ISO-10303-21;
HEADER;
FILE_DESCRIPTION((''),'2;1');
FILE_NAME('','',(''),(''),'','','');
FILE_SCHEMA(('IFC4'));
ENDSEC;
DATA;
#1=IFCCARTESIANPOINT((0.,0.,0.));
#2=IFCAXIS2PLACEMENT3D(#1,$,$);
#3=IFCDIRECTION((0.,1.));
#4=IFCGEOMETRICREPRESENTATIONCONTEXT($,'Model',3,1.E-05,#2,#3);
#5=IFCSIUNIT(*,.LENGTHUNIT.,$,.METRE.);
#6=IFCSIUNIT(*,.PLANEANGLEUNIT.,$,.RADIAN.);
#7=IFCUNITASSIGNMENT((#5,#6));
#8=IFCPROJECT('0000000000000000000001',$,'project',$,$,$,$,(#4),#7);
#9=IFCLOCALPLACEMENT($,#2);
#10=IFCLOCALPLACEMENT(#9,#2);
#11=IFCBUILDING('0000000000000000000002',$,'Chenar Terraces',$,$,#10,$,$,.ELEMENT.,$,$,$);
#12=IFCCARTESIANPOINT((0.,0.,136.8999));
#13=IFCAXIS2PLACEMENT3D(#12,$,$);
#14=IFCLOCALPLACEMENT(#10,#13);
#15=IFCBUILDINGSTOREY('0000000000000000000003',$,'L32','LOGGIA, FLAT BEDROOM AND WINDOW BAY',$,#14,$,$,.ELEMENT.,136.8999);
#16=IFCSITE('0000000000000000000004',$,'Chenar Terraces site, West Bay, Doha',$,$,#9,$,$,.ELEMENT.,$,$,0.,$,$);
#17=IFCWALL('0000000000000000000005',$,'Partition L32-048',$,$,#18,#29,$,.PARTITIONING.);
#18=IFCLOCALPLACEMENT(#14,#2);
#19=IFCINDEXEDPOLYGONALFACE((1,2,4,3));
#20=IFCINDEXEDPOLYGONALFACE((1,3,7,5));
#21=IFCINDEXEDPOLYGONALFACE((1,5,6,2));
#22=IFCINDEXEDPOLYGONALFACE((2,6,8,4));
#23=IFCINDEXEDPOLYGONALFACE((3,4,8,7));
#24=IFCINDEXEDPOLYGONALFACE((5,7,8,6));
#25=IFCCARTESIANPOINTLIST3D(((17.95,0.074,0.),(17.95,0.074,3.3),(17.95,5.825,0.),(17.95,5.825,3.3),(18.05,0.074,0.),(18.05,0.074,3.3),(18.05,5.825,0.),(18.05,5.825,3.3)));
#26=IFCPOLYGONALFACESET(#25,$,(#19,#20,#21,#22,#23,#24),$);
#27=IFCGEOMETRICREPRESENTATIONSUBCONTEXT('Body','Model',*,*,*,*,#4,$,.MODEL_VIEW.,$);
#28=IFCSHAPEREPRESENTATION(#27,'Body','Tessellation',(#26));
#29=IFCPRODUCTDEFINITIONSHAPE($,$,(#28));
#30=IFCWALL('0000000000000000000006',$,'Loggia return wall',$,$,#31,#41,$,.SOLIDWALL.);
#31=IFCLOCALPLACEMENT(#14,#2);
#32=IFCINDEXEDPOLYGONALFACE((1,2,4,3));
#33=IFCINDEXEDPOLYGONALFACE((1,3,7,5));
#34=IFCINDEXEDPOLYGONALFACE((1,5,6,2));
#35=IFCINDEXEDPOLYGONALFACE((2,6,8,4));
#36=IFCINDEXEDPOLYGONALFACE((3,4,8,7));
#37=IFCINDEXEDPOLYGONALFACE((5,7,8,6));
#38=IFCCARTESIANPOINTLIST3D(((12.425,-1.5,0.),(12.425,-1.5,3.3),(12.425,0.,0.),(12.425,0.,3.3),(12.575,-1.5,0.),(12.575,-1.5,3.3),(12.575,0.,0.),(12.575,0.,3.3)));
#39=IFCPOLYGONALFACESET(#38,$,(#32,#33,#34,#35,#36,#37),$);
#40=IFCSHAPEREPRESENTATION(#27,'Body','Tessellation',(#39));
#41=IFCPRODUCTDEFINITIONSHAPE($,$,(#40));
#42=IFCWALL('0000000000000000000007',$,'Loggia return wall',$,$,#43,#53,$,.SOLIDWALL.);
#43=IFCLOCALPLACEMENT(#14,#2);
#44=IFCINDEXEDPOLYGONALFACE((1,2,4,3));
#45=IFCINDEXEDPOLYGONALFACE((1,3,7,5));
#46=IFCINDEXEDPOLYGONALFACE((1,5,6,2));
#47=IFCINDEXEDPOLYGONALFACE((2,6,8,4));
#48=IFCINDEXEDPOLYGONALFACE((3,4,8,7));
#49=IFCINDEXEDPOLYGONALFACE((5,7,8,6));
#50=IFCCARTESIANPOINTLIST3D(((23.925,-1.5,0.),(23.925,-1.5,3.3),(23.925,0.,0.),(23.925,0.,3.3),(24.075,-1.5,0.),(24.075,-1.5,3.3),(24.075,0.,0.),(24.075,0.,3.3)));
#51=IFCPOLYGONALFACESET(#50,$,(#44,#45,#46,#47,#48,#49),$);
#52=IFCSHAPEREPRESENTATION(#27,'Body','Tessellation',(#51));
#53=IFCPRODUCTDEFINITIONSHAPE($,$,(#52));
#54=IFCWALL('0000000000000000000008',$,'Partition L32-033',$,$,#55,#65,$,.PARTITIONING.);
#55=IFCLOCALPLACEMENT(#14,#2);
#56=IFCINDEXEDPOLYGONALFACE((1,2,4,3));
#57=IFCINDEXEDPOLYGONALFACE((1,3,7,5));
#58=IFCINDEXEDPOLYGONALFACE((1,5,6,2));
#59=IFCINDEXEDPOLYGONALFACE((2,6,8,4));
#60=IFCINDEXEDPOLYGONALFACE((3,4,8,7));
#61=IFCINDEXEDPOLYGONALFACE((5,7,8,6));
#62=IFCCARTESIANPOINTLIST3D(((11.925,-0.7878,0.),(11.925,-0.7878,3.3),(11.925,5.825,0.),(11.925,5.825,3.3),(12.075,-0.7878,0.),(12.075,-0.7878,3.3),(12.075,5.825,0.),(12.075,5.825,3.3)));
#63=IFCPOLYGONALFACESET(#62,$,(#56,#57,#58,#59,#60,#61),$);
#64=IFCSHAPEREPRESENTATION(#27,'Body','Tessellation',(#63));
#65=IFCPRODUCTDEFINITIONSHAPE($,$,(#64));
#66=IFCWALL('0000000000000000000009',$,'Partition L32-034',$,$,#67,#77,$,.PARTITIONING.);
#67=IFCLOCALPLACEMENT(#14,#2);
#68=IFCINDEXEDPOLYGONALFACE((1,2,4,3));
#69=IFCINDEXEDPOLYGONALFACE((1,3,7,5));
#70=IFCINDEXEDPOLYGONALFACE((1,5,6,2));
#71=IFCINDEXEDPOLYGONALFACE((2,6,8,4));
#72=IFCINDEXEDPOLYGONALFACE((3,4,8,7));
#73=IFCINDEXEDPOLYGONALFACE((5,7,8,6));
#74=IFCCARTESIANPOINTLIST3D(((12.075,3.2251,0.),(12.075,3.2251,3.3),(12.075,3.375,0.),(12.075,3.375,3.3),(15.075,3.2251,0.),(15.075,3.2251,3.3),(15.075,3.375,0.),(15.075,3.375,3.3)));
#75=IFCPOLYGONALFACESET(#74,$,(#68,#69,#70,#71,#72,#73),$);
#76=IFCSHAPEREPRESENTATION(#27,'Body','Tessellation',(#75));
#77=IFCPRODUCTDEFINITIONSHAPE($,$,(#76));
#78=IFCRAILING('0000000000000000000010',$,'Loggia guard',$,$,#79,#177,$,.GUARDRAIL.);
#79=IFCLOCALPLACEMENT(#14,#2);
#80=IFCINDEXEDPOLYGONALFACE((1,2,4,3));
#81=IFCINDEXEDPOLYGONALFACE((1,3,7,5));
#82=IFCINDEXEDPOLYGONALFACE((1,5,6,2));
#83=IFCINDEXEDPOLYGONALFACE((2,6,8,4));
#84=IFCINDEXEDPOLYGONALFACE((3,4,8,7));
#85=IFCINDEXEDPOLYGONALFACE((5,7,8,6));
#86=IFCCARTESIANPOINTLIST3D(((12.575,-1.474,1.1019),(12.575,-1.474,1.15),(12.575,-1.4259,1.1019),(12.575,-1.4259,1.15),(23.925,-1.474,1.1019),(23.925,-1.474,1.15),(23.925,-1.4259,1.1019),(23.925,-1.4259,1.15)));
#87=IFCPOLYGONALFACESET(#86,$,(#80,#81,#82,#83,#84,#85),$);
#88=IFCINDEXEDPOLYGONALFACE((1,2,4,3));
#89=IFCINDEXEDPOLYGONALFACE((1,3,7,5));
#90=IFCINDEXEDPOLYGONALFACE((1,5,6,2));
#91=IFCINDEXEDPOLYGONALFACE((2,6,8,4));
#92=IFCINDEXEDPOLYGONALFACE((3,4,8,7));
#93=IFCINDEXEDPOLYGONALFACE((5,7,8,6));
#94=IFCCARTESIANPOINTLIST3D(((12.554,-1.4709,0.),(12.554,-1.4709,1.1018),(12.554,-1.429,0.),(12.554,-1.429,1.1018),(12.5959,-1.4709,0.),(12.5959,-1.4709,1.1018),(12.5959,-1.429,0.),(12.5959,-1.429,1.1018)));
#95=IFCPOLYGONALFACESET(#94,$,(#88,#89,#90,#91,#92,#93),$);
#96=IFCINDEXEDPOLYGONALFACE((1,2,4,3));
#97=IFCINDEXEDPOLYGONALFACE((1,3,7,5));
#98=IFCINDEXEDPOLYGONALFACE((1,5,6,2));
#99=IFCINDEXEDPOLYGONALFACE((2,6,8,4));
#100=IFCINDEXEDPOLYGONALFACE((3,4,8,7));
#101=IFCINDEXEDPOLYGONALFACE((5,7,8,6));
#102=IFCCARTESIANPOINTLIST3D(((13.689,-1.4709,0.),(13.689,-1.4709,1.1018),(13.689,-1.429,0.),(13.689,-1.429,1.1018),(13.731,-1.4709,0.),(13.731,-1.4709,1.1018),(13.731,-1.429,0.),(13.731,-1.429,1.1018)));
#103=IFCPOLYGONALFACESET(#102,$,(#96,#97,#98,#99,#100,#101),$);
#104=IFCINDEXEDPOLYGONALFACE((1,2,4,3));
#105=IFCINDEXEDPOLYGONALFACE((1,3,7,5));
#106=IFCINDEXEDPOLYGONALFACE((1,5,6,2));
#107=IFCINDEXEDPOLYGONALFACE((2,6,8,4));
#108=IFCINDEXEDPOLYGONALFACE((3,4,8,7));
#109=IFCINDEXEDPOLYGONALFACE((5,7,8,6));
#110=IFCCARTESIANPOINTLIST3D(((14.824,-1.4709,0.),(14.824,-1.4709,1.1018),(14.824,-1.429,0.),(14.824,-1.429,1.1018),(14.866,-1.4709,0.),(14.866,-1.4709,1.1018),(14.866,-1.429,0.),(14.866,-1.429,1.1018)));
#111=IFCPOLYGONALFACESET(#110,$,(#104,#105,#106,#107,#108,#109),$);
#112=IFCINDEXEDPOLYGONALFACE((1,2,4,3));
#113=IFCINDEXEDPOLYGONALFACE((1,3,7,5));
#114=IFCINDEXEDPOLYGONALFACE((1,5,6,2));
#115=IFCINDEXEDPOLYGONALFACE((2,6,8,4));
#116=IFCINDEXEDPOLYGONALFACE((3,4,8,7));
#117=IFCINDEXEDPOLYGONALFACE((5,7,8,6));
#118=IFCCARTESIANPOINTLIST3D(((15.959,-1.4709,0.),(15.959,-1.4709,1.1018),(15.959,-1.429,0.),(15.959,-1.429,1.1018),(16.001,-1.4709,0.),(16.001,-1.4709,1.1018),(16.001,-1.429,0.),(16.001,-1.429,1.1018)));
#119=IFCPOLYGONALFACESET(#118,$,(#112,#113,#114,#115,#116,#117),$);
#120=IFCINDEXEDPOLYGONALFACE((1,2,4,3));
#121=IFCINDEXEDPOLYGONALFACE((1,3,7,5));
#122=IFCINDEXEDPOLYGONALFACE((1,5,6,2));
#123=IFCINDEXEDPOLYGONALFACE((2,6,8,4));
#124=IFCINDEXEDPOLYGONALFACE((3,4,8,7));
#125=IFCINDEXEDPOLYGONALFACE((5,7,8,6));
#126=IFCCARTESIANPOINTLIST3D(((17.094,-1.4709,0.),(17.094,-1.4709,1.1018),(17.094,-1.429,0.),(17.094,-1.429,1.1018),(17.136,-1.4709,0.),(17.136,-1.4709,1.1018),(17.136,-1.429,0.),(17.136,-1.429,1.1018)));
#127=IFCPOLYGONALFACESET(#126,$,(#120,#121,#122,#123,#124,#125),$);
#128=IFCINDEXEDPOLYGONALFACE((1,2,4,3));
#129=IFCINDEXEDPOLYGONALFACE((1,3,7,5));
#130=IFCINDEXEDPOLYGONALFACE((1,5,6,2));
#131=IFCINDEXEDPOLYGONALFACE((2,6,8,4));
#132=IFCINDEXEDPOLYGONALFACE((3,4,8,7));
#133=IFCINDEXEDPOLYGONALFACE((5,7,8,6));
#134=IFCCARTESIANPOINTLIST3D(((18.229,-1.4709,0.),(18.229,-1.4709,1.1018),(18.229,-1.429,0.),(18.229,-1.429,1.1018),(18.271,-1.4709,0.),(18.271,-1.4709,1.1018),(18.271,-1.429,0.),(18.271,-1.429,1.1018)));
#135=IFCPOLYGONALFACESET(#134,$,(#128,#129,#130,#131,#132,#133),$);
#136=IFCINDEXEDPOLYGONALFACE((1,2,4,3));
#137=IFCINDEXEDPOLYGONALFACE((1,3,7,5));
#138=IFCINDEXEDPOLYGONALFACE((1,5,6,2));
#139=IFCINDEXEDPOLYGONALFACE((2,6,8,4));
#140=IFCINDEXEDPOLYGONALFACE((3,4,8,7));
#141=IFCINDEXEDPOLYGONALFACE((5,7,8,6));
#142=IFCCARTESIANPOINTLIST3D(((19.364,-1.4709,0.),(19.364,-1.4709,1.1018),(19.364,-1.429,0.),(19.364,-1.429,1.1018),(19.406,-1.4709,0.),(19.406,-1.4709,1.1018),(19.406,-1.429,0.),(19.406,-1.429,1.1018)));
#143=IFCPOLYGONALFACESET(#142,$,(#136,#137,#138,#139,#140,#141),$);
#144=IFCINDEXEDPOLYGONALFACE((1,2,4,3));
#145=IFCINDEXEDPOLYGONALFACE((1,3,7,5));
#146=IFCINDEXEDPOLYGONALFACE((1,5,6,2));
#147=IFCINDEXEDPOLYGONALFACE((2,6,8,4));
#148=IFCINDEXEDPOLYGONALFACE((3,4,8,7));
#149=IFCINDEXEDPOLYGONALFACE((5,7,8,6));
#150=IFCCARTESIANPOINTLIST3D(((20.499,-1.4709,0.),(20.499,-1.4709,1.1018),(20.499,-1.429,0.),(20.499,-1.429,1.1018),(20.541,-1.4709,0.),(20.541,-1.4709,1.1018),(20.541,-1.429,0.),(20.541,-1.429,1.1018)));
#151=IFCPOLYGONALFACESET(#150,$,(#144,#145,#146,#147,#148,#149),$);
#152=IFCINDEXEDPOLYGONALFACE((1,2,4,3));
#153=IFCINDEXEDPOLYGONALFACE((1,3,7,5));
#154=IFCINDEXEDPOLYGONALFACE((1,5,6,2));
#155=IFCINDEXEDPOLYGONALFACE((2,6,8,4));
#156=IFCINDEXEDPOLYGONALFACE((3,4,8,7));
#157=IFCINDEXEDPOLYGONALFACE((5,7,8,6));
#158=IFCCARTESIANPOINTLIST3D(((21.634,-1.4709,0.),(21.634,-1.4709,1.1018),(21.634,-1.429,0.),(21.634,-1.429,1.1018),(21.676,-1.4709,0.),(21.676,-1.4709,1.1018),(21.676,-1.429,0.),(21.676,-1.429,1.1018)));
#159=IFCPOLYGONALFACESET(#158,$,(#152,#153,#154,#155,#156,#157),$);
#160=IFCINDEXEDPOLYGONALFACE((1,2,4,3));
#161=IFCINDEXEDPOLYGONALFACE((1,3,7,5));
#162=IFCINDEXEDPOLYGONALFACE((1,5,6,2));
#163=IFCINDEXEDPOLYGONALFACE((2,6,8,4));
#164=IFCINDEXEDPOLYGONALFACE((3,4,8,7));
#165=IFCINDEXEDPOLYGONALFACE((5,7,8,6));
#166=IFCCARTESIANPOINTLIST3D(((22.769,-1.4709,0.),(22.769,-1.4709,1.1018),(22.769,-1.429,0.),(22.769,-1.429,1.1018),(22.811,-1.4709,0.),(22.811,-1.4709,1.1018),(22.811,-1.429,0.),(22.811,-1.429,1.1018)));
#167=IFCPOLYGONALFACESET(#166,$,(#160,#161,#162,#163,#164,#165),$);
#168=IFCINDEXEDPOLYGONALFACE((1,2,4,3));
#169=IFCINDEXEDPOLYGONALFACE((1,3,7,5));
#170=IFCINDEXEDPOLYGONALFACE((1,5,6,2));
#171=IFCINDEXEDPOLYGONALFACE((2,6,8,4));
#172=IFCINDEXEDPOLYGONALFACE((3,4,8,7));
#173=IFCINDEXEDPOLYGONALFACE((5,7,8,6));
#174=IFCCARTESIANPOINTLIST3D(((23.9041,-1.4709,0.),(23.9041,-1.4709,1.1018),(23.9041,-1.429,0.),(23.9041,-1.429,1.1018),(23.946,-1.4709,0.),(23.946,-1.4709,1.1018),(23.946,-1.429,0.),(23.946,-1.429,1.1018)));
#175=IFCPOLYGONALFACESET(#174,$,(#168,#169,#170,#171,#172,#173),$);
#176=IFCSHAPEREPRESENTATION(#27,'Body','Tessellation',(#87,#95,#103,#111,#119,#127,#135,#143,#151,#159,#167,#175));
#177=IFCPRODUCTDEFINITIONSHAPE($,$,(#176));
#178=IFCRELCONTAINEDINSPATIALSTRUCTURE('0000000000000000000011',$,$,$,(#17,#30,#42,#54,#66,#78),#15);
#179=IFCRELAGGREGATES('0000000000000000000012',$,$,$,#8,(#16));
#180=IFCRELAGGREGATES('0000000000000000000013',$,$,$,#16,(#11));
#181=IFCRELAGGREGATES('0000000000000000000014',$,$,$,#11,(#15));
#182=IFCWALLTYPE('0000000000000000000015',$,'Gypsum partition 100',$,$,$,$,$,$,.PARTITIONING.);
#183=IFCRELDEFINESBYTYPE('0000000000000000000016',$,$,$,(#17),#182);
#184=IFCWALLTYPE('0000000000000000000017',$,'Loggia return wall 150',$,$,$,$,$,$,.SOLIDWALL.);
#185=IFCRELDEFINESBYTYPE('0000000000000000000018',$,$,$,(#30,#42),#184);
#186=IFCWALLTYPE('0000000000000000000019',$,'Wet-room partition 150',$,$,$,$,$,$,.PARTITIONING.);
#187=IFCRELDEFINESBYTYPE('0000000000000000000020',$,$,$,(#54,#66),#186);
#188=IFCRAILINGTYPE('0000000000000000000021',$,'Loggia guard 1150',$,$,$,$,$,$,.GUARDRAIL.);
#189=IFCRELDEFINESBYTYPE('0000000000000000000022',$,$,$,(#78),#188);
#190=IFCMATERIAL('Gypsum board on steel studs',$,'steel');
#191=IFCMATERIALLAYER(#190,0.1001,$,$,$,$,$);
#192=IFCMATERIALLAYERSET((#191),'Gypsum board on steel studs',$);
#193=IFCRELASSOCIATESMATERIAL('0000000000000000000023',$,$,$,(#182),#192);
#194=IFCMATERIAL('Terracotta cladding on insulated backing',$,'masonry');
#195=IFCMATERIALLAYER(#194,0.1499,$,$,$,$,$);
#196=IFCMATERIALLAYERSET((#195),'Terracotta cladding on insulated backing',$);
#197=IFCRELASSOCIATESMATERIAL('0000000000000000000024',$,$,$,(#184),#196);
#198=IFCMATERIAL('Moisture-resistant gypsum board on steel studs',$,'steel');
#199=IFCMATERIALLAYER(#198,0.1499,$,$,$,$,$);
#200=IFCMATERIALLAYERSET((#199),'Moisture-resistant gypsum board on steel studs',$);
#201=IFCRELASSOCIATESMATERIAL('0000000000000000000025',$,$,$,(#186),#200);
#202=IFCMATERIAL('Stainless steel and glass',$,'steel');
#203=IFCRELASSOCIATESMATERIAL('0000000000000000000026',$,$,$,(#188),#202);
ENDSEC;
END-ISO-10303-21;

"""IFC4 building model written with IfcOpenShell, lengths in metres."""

from ifc_helpers import new_model, si_unit, direction, frame, frame_2d, origin, origin_2d, place, context, subcontext, project, spatial, rectangle, extrude, material, layer, layer_set, type_object, element, save


model = new_model("IFC4")

# Units and contexts
model_context = context("Model", 3, precision=1e-05, world=origin(), true_north=direction((0.0, 1.0)))
body_context = subcontext(model_context, "Body", "Model", "MODEL_VIEW")
ifc_project = project(units=[si_unit("LENGTHUNIT", "METRE"), si_unit("PLANEANGLEUNIT", "RADIAN")], contexts=[model_context])

# Site, building, storey
site_placement = place(None, origin())
site = spatial("IfcSite", under=ifc_project, at=site_placement, Name="Chenar Terraces site, West Bay, Doha", CompositionType="ELEMENT", RefElevation=0.0)
building_placement = place(site_placement, origin())
building = spatial("IfcBuilding", under=site, at=building_placement, Name="Chenar Terraces", CompositionType="ELEMENT")
storey_placement = place(building_placement, frame((0.0, 0.0, 136.8999)))
storey = spatial("IfcBuildingStorey", under=building, at=storey_placement, Name="L32", Description="LOGGIA, FLAT BEDROOM AND WINDOW BAY", CompositionType="ELEMENT", Elevation=136.8999)

# Walls
ifc_material_1 = material(Name="Gypsum board on steel studs", Category="steel")
ifc_layer_1 = layer(ifc_material_1, 0.1001)
ifc_layer_set_1 = layer_set([ifc_layer_1], Name="Gypsum board on steel studs")
wall_type_1 = type_object("IfcWallType", Name="Gypsum partition 100", PredefinedType="PARTITIONING", material=ifc_layer_set_1)
wall_1_placement = place(storey_placement, frame((18.0, 0.074, 0.0), z_axis=(0.0, 0.0, 1.0), x_axis=(0.0, 1.0, 0.0)))
element("IfcWall", 1, at=wall_1_placement, inside=storey, type_object=wall_type_1, Name="Partition L32-048", PredefinedType="PARTITIONING", context=body_context, shape_type="SweptSolid", body=[
    extrude(rectangle(XDim=5.751, YDim=0.1001, at=frame_2d((2.8755, 0.0))), origin(), (0.0, 0.0, 1.0), 3.3),
])
ifc_material_2 = material(Name="Terracotta cladding on insulated backing", Category="masonry")
ifc_layer_2 = layer(ifc_material_2, 0.1499)
ifc_layer_set_2 = layer_set([ifc_layer_2], Name="Terracotta cladding on insulated backing")
wall_type_2 = type_object("IfcWallType", Name="Loggia return wall 150", PredefinedType="SOLIDWALL", material=ifc_layer_set_2)
for number, where, z_axis, x_axis, name in (
    (2, (12.5, -1.5, 0.0), (0.0, 0.0, 1.0), (0.0, 1.0, 0.0), "Loggia return wall"),
    (3, (24.0, -1.5, 0.0), (0.0, 0.0, 1.0), (0.0, 1.0, 0.0), "Loggia return wall"),
):
    element("IfcWall", number, at=place(storey_placement, frame(where, z_axis=z_axis, x_axis=x_axis)), inside=storey, type_object=wall_type_2, Name=name, PredefinedType="SOLIDWALL", context=body_context, shape_type="SweptSolid", body=[
        extrude(rectangle(XDim=1.5, YDim=0.1499, at=frame_2d((0.75, 0.0))), origin(), (0.0, 0.0, 1.0), 3.3),
    ])
ifc_material_3 = material(Name="Moisture-resistant gypsum board on steel studs", Category="steel")
ifc_layer_3 = layer(ifc_material_3, 0.1499)
ifc_layer_set_3 = layer_set([ifc_layer_3], Name="Moisture-resistant gypsum board on steel studs")
wall_type_3 = type_object("IfcWallType", Name="Wet-room partition 150", PredefinedType="PARTITIONING", material=ifc_layer_set_3)
wall_2_placement = place(storey_placement, frame((12.0, -0.7878, 0.0), z_axis=(0.0, 0.0, 1.0), x_axis=(0.0, 1.0, 0.0)))
element("IfcWall", 4, at=wall_2_placement, inside=storey, type_object=wall_type_3, Name="Partition L32-033", PredefinedType="PARTITIONING", context=body_context, shape_type="SweptSolid", body=[
    extrude(rectangle(XDim=6.6128, YDim=0.1499, at=frame_2d((3.3064, 0.0))), origin(), (0.0, 0.0, 1.0), 3.3),
])
wall_3_placement = place(storey_placement, frame((12.075, 3.3, 0.0), z_axis=(0.0, 0.0, 1.0), x_axis=(1.0, 0.0, 0.0)))
element("IfcWall", 5, at=wall_3_placement, inside=storey, type_object=wall_type_3, Name="Partition L32-034", PredefinedType="PARTITIONING", context=body_context, shape_type="SweptSolid", body=[
    extrude(rectangle(XDim=3.0, YDim=0.1499, at=frame_2d((1.5, 0.0))), origin(), (0.0, 0.0, 1.0), 3.3),
])

# Railing
ifc_material_4 = material(Name="Stainless steel and glass", Category="steel")
railing_type = type_object("IfcRailingType", Name="Loggia guard 1150", PredefinedType="GUARDRAIL", material=ifc_material_4)
railing_placement = place(storey_placement, frame((12.575, -1.45, 0.0)))
element("IfcRailing", 6, at=railing_placement, inside=storey, type_object=railing_type, Name="Loggia guard", PredefinedType="GUARDRAIL", context=body_context, shape_type="SweptSolid", body=[
    extrude(rectangle(XDim=0.0481, YDim=0.0481, at=origin_2d()), frame((0.0, 0.0, 1.126), z_axis=(1.0, 0.0, 0.0), x_axis=(0.0, 1.0, 0.0)), (0.0, 0.0, 1.0), 11.3501),
    extrude(rectangle(XDim=0.042, YDim=0.042, at=origin_2d()), origin(), (0.0, 0.0, 1.0), 1.1018),
    extrude(rectangle(XDim=0.042, YDim=0.042, at=origin_2d()), frame((1.135, 0.0, 0.0)), (0.0, 0.0, 1.0), 1.1018),
    extrude(rectangle(XDim=0.042, YDim=0.042, at=origin_2d()), frame((2.27, 0.0, 0.0)), (0.0, 0.0, 1.0), 1.1018),
    extrude(rectangle(XDim=0.042, YDim=0.042, at=origin_2d()), frame((3.405, 0.0, 0.0)), (0.0, 0.0, 1.0), 1.1018),
    extrude(rectangle(XDim=0.042, YDim=0.042, at=origin_2d()), frame((4.54, 0.0, 0.0)), (0.0, 0.0, 1.0), 1.1018),
    extrude(rectangle(XDim=0.042, YDim=0.042, at=origin_2d()), frame((5.675, 0.0, 0.0)), (0.0, 0.0, 1.0), 1.1018),
    extrude(rectangle(XDim=0.042, YDim=0.042, at=origin_2d()), frame((6.8101, 0.0, 0.0)), (0.0, 0.0, 1.0), 1.1018),
    extrude(rectangle(XDim=0.042, YDim=0.042, at=origin_2d()), frame((7.9451, 0.0, 0.0)), (0.0, 0.0, 1.0), 1.1018),
    extrude(rectangle(XDim=0.042, YDim=0.042, at=origin_2d()), frame((9.0801, 0.0, 0.0)), (0.0, 0.0, 1.0), 1.1018),
    extrude(rectangle(XDim=0.042, YDim=0.042, at=origin_2d()), frame((10.2151, 0.0, 0.0)), (0.0, 0.0, 1.0), 1.1018),
    extrude(rectangle(XDim=0.042, YDim=0.042, at=origin_2d()), frame((11.3501, 0.0, 0.0)), (0.0, 0.0, 1.0), 1.1018),
])

save(model, "model.ifc")
